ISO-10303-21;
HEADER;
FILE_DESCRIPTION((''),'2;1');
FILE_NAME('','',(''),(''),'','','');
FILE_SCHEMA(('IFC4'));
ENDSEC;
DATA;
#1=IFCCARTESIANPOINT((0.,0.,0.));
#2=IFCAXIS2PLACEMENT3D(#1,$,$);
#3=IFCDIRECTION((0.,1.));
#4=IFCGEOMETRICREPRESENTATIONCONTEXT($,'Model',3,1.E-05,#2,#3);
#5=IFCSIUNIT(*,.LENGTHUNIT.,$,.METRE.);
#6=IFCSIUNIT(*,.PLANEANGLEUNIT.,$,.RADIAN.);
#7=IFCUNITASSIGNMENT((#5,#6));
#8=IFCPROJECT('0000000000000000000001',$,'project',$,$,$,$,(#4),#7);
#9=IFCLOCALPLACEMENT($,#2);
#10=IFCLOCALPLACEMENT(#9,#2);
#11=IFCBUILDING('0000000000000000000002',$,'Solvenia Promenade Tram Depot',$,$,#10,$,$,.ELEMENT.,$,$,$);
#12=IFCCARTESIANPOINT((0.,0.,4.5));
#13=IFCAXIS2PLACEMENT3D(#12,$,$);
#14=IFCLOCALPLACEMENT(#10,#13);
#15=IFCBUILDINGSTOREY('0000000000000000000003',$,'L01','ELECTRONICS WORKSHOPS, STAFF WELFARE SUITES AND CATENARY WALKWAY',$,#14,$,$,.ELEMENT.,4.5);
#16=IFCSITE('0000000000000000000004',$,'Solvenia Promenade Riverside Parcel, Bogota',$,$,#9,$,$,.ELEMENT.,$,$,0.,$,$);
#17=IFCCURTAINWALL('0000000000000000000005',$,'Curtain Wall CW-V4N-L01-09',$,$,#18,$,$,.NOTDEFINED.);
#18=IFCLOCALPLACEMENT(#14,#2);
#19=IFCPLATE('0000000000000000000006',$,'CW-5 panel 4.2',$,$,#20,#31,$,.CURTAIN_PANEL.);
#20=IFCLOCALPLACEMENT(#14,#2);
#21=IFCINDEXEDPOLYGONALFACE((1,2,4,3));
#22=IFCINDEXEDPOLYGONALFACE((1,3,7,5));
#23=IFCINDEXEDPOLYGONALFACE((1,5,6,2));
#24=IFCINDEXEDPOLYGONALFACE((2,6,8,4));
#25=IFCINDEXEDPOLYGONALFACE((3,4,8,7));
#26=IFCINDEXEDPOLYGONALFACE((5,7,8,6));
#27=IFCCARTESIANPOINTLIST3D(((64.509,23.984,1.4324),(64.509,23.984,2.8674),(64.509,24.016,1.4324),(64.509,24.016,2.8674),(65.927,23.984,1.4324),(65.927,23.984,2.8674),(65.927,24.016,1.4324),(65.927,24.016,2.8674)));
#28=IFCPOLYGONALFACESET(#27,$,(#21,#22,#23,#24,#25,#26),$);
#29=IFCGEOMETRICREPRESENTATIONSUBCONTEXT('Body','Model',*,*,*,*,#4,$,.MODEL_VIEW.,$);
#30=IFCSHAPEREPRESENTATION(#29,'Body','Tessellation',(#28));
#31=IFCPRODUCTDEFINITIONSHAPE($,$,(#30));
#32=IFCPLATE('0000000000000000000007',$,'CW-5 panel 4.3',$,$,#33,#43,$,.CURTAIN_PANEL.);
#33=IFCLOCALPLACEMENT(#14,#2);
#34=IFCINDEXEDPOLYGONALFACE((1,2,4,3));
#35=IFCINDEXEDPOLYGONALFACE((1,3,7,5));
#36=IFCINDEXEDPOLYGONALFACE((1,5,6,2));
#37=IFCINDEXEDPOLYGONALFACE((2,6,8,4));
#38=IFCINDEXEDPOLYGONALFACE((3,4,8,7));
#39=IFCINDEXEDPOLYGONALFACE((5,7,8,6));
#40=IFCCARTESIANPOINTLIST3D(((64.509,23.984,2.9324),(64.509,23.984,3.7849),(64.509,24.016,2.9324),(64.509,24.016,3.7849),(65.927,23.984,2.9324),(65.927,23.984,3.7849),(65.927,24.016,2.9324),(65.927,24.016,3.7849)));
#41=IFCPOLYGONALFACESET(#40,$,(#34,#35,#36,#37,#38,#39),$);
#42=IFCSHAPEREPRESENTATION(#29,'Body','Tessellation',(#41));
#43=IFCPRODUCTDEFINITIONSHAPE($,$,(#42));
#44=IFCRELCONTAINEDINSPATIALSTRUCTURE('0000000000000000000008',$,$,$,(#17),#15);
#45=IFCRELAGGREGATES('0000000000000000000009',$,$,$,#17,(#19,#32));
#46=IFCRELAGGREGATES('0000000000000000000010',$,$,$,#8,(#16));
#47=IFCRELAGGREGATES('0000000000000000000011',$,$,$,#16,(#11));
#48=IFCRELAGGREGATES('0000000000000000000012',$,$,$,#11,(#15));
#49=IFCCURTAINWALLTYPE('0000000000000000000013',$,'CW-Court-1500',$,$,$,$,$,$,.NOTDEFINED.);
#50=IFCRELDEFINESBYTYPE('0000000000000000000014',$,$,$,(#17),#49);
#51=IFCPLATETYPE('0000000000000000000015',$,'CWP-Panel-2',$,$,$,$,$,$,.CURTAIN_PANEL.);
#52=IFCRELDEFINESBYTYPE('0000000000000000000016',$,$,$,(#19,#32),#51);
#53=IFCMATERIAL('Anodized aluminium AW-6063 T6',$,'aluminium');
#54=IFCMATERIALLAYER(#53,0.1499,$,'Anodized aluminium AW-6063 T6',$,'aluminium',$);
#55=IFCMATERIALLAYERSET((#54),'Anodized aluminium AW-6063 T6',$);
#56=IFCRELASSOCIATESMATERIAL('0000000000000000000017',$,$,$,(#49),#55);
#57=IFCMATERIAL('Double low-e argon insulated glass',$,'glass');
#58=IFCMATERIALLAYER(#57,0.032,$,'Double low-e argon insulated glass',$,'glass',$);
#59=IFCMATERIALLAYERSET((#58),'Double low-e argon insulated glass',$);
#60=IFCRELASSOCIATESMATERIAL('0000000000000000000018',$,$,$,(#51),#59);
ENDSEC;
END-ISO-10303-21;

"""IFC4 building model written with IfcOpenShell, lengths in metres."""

from ifc_helpers import new_model, si_unit, direction, frame, origin, origin_2d, place, context, subcontext, project, spatial, rectangle, extrude, material, layer, layer_set, type_object, element, aggregate, save


model = new_model("IFC4")

# Units and contexts
model_context = context("Model", 3, precision=1e-05, world=origin(), true_north=direction((0.0, 1.0)))
body_context = subcontext(model_context, "Body", "Model", "MODEL_VIEW")
ifc_project = project(units=[si_unit("LENGTHUNIT", "METRE"), si_unit("PLANEANGLEUNIT", "RADIAN")], contexts=[model_context])

# Site, building, storey
site_placement = place(None, origin())
site = spatial("IfcSite", under=ifc_project, at=site_placement, Name="Solvenia Promenade Riverside Parcel, Bogota", CompositionType="ELEMENT", RefElevation=0.0)
building_placement = place(site_placement, origin())
building = spatial("IfcBuilding", under=site, at=building_placement, Name="Solvenia Promenade Tram Depot", CompositionType="ELEMENT")
storey_placement = place(building_placement, frame((0.0, 0.0, 4.5)))
storey = spatial("IfcBuildingStorey", under=building, at=storey_placement, Name="L01", Description="ELECTRONICS WORKSHOPS, STAFF WELFARE SUITES AND CATENARY WALKWAY", CompositionType="ELEMENT", Elevation=4.5)

# Curtain wall, plates
ifc_material_1 = material(Name="Anodized aluminium AW-6063 T6", Category="aluminium")
ifc_layer_1 = layer(ifc_material_1, 0.1499, Name="Anodized aluminium AW-6063 T6", Category="aluminium")
ifc_layer_set_1 = layer_set([ifc_layer_1], Name="Anodized aluminium AW-6063 T6")
curtain_wall_type = type_object("IfcCurtainWallType", Name="CW-Court-1500", PredefinedType="NOTDEFINED", material=ifc_layer_set_1)
curtain_wall_placement = place(storey_placement, origin())
curtain_wall = element("IfcCurtainWall", 1, at=curtain_wall_placement, inside=storey, type_object=curtain_wall_type, Name="Curtain Wall CW-V4N-L01-09", PredefinedType="NOTDEFINED")
ifc_material_2 = material(Name="Double low-e argon insulated glass", Category="glass")
ifc_layer_2 = layer(ifc_material_2, 0.032, Name="Double low-e argon insulated glass", Category="glass")
ifc_layer_set_2 = layer_set([ifc_layer_2], Name="Double low-e argon insulated glass")
plate_type = type_object("IfcPlateType", Name="CWP-Panel-2", PredefinedType="CURTAIN_PANEL", material=ifc_layer_set_2)
plate_1_placement = place(storey_placement, frame((65.218, 24.0, 1.4324), z_axis=(0.0, 0.0, 1.0), x_axis=(1.0, 0.0, 0.0)))
plate_1 = element("IfcPlate", 2, at=plate_1_placement, type_object=plate_type, Name="CW-5 panel 4.2", PredefinedType="CURTAIN_PANEL", context=body_context, shape_type="SweptSolid", body=[
    extrude(rectangle(XDim=1.418, YDim=0.032, at=origin_2d()), origin(), (0.0, 0.0, 1.0), 1.4351),
])
plate_2_placement = place(storey_placement, frame((65.218, 24.0, 2.9324), z_axis=(0.0, 0.0, 1.0), x_axis=(1.0, 0.0, 0.0)))
plate_2 = element("IfcPlate", 3, at=plate_2_placement, type_object=plate_type, Name="CW-5 panel 4.3", PredefinedType="CURTAIN_PANEL", context=body_context, shape_type="SweptSolid", body=[
    extrude(rectangle(XDim=1.418, YDim=0.032, at=origin_2d()), origin(), (0.0, 0.0, 1.0), 0.8525),
])
aggregate(curtain_wall, [plate_1, plate_2])

save(model, "model.ifc")
